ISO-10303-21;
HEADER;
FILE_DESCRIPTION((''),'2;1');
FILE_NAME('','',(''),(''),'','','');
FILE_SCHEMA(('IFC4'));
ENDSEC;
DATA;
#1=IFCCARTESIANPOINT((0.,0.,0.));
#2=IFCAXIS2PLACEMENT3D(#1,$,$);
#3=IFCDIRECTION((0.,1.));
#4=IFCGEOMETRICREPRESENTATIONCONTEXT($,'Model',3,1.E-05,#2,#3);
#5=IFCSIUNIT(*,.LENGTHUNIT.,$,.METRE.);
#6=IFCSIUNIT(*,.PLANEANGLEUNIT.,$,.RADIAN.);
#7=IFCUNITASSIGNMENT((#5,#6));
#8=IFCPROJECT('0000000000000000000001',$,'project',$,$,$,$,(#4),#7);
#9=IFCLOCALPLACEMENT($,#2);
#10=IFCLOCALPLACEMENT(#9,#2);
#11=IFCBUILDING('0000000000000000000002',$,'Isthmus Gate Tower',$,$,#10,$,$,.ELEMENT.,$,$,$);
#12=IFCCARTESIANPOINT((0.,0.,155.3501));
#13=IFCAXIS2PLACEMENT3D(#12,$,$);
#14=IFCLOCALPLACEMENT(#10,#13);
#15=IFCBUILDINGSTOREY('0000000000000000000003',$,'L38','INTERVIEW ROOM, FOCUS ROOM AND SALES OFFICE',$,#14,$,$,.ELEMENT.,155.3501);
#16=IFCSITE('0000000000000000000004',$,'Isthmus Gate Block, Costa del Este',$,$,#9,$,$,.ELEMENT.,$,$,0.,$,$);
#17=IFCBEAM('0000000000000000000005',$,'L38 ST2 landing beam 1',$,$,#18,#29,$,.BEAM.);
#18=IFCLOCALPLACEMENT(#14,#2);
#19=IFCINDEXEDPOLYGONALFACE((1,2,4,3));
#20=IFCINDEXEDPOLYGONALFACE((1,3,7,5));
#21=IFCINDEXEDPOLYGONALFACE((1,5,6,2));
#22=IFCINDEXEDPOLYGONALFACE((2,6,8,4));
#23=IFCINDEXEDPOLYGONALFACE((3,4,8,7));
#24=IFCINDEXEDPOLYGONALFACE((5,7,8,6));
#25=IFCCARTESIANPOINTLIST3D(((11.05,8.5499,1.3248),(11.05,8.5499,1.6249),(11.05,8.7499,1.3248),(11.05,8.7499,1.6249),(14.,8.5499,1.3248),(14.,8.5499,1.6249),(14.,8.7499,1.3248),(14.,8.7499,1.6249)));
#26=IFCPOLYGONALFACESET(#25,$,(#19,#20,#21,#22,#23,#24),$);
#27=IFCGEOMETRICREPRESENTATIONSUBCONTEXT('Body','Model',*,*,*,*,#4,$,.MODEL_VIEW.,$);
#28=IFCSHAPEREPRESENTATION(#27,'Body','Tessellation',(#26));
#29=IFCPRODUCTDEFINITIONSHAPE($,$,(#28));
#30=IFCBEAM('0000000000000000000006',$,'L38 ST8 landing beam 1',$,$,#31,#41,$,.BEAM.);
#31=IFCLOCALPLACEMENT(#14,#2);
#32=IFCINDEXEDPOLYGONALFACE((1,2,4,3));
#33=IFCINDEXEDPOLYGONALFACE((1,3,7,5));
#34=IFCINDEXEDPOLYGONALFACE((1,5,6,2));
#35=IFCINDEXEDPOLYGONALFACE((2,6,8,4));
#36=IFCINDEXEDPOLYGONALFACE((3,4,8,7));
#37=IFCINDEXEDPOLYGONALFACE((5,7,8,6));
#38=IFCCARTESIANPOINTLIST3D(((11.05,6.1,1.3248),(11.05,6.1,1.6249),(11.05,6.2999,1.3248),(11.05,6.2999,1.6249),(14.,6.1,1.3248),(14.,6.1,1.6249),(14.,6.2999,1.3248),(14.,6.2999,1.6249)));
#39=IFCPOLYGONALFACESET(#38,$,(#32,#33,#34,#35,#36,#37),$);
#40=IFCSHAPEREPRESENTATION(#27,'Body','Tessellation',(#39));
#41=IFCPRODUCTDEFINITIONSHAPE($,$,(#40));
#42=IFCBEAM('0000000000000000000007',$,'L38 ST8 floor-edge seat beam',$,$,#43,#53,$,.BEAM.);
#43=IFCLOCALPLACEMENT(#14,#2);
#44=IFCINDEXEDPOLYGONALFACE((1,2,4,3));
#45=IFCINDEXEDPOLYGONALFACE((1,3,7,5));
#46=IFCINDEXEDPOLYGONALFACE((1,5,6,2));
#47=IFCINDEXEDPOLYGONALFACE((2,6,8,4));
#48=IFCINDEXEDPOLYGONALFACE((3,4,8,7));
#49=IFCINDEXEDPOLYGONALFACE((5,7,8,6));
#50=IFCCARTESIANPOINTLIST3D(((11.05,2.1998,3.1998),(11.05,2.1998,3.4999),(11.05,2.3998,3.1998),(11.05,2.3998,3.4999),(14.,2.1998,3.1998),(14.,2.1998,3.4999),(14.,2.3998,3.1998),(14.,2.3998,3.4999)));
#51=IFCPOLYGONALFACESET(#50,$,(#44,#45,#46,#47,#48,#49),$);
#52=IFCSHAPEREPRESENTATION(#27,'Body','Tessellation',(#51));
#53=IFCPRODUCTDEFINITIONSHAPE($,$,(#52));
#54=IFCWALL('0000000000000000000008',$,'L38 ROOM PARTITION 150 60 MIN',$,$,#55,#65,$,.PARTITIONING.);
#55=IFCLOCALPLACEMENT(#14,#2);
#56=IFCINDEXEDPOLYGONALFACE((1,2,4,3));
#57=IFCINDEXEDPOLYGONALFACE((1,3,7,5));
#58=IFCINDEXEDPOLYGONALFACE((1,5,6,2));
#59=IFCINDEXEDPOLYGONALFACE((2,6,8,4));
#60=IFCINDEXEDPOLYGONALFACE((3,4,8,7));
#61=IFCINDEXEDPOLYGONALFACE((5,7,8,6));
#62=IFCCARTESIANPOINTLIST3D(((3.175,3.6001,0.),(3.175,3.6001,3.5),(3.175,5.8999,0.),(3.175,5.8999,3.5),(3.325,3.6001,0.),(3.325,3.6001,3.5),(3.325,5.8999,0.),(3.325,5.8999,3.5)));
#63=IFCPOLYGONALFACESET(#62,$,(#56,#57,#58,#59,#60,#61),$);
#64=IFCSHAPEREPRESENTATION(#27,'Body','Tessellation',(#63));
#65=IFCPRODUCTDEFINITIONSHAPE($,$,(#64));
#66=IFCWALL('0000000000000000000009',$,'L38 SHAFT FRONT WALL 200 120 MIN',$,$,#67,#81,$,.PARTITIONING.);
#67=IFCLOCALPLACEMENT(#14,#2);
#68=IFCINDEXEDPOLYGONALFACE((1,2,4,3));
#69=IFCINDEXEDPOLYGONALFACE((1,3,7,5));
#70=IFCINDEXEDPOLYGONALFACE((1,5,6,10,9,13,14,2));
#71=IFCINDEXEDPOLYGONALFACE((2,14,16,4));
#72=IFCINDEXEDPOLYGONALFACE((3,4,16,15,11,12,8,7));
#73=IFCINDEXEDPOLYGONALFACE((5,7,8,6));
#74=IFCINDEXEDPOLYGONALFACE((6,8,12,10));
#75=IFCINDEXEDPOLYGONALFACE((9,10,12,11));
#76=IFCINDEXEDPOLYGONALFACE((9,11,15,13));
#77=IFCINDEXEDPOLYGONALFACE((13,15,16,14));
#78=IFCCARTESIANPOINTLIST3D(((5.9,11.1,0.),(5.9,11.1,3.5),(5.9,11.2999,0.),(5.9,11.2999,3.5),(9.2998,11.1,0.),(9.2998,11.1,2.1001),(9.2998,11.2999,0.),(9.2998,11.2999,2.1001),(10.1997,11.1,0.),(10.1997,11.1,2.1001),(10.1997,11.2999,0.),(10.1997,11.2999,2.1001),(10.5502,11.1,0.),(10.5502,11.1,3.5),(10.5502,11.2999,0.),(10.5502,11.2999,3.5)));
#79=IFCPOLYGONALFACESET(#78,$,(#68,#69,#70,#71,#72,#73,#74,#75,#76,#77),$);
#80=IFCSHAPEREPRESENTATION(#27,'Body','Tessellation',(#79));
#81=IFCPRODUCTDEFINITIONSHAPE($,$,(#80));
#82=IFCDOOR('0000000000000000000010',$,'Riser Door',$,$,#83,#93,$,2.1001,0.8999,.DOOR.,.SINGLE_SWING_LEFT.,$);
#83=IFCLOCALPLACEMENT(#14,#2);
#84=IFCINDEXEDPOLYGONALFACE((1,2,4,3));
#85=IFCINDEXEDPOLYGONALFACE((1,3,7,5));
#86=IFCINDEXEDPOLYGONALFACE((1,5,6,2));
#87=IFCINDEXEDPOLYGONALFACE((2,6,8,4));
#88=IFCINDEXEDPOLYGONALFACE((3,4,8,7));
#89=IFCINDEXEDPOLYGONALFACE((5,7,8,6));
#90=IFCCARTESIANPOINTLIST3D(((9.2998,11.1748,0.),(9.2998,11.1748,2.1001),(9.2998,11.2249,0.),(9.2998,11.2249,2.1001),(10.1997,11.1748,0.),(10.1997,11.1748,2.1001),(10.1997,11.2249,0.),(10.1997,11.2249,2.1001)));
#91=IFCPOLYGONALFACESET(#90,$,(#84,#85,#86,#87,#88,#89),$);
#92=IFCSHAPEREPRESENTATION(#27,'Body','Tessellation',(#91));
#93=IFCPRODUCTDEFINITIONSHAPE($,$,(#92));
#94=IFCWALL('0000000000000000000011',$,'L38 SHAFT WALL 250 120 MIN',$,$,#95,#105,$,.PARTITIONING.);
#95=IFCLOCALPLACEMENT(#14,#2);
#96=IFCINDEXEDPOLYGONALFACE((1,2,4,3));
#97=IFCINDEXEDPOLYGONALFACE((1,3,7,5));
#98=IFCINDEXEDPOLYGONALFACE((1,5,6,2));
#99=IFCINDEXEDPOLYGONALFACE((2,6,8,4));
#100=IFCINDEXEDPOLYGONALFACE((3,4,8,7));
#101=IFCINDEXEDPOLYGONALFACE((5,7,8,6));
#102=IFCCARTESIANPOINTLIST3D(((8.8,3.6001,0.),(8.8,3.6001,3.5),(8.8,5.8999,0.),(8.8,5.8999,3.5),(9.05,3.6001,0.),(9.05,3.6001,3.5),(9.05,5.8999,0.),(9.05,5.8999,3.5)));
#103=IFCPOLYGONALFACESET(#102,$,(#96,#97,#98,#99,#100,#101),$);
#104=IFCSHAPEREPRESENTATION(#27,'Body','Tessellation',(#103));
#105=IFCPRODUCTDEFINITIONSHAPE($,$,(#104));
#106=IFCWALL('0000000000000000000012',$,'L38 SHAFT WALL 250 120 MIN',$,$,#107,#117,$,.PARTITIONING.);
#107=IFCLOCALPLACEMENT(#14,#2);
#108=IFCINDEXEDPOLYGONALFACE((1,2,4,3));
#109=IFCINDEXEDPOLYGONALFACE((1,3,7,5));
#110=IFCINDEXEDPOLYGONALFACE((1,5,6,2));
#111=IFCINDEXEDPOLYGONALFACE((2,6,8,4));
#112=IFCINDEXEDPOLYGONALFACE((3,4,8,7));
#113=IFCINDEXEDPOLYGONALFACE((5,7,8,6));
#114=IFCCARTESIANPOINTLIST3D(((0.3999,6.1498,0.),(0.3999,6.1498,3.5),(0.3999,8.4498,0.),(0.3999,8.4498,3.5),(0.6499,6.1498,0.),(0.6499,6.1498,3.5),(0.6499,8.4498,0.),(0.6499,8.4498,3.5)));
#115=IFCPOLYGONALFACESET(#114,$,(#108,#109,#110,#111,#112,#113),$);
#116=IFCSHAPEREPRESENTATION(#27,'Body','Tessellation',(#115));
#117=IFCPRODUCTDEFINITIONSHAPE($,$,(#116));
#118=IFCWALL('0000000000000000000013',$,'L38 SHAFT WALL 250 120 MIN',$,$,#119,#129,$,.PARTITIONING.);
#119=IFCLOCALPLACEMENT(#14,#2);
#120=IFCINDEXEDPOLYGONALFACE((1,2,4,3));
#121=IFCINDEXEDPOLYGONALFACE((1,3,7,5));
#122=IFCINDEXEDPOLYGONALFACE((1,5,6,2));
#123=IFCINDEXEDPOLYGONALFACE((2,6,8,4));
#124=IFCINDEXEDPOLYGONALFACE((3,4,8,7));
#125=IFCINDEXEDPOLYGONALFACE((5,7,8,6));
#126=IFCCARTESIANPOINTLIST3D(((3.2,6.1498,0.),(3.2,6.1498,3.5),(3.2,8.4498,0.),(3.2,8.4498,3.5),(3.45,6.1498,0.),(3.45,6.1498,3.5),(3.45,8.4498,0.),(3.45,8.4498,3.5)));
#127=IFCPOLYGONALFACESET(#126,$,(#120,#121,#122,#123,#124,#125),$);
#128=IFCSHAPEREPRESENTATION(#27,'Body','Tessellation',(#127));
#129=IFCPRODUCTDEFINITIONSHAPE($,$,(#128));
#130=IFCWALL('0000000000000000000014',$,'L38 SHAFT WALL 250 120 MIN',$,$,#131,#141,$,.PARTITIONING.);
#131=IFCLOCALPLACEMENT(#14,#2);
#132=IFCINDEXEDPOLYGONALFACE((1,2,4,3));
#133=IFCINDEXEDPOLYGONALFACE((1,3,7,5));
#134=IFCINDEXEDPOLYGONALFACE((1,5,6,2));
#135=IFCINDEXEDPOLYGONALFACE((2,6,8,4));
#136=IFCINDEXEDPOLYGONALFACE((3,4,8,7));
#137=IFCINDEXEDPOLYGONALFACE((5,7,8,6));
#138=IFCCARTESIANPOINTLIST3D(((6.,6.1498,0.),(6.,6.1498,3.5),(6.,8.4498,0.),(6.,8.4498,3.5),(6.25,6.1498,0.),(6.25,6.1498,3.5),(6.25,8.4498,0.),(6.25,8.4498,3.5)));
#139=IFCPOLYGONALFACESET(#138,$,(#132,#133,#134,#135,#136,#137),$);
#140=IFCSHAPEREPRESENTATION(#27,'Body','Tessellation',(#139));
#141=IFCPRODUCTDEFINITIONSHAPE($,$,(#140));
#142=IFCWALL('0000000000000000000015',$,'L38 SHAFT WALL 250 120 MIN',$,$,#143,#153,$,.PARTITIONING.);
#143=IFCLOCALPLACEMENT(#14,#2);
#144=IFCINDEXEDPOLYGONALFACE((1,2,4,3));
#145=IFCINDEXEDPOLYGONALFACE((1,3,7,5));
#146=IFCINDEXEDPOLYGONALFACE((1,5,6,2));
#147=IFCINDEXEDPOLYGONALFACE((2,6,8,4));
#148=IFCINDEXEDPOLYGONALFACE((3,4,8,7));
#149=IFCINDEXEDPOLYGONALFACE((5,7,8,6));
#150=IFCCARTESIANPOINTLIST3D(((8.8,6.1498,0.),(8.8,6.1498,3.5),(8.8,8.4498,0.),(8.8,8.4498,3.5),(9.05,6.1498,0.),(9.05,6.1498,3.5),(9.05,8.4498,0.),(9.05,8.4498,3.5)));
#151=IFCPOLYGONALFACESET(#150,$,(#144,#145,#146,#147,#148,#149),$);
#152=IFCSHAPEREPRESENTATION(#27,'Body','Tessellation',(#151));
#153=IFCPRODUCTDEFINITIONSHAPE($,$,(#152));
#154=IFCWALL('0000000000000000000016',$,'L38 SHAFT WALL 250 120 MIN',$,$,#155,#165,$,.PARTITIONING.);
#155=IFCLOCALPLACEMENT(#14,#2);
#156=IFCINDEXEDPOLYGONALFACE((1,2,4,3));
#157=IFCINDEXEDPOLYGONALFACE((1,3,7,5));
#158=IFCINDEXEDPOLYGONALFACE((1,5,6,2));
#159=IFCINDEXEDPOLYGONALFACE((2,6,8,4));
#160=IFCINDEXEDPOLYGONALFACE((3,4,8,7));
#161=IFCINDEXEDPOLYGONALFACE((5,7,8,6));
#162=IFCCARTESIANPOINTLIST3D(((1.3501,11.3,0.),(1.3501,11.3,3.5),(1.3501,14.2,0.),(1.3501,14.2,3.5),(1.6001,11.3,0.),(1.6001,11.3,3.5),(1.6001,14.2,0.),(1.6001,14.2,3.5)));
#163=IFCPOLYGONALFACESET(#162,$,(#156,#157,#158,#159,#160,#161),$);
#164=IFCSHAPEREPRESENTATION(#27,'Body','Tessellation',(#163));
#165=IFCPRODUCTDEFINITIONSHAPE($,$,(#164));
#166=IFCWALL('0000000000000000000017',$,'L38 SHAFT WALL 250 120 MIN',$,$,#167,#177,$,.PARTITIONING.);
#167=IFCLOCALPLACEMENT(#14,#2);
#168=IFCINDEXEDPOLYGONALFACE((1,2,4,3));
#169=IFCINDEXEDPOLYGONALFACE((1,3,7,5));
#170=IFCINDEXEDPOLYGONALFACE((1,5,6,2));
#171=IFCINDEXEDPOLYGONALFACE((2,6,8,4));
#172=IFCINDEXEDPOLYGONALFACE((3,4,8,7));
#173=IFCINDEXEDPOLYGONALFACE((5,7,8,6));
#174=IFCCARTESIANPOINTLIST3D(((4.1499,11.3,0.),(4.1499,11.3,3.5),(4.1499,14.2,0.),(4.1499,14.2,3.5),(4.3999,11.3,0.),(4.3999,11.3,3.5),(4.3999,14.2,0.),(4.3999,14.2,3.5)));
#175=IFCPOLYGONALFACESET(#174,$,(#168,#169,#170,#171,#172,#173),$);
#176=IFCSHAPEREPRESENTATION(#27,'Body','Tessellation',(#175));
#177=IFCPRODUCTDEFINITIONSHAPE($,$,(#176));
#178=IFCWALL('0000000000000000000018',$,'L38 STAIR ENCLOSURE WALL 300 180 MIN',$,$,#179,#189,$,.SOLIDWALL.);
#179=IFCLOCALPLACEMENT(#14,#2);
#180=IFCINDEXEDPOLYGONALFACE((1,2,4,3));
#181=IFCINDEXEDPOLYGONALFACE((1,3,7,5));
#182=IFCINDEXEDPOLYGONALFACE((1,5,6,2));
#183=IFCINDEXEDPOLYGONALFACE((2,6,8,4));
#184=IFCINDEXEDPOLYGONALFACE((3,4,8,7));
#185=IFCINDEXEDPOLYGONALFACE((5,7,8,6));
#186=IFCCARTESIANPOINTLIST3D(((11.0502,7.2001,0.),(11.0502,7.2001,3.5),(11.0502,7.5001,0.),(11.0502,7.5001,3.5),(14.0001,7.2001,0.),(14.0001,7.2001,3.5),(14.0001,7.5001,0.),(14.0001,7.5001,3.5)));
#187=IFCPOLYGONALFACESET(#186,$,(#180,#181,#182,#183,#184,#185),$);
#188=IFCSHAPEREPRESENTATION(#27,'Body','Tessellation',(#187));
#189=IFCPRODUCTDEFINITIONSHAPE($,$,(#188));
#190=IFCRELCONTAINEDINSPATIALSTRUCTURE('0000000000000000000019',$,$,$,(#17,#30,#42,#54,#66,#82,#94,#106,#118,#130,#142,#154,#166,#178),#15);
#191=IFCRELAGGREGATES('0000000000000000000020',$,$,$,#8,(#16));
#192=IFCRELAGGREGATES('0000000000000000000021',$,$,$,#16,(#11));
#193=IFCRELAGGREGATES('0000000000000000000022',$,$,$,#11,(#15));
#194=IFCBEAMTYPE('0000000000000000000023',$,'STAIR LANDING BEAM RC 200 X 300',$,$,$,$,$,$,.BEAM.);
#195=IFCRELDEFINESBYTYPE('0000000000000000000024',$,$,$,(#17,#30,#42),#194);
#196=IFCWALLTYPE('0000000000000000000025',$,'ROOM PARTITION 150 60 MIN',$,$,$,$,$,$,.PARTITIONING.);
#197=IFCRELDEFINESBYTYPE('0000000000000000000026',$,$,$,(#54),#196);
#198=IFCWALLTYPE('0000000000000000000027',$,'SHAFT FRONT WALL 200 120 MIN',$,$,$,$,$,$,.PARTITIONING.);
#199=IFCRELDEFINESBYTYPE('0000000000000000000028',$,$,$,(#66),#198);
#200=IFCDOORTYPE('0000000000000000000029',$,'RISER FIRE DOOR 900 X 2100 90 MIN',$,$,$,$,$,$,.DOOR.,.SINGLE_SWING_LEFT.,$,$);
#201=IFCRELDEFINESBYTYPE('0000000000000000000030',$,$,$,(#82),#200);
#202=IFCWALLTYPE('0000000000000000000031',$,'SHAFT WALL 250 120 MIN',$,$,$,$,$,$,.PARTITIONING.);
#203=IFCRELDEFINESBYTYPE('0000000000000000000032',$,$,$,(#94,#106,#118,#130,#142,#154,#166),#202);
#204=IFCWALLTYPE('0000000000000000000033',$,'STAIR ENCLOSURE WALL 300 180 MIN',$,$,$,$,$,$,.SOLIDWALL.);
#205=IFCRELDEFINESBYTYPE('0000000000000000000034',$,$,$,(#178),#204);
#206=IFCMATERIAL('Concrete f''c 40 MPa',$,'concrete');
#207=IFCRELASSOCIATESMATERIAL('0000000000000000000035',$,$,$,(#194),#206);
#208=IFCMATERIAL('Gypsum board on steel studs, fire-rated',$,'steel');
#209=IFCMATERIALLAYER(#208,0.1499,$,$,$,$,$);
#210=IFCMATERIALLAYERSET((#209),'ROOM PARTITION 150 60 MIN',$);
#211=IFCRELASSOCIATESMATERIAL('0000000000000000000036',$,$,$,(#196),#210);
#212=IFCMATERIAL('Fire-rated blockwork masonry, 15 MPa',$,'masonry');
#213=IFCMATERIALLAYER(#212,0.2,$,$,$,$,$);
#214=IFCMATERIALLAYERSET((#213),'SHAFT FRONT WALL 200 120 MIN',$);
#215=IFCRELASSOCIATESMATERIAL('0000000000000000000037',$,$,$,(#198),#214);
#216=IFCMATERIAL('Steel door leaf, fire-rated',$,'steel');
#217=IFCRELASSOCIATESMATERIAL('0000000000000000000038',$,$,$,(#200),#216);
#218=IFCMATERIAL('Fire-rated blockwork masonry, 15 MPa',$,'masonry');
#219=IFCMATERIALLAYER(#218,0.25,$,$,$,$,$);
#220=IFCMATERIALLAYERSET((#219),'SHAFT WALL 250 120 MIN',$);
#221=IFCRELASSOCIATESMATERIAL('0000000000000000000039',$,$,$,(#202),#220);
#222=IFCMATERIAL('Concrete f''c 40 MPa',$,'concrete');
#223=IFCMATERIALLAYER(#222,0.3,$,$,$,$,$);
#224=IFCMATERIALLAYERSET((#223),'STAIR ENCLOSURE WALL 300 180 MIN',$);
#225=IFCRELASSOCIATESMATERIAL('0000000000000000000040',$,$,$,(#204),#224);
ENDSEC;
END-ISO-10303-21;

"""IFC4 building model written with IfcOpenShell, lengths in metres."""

from ifc_helpers import new_model, si_unit, direction, frame, frame_2d, origin, origin_2d, place, context, subcontext, project, spatial, rectangle, extrude, material, layer, layer_set, material_profile, profile_set, type_object, element, fill, save


model = new_model("IFC4")

# Units and contexts
model_context = context("Model", 3, precision=1e-05, world=origin(), true_north=direction((0.0, 1.0)))
body_context = subcontext(model_context, "Body", "Model", "MODEL_VIEW")
ifc_project = project(units=[si_unit("LENGTHUNIT", "METRE"), si_unit("PLANEANGLEUNIT", "RADIAN")], contexts=[model_context])

# Site, building, storey
site_placement = place(None, origin())
site = spatial("IfcSite", under=ifc_project, at=site_placement, Name="Isthmus Gate Block, Costa del Este", CompositionType="ELEMENT", RefElevation=0.0)
building_placement = place(site_placement, origin())
building = spatial("IfcBuilding", under=site, at=building_placement, Name="Isthmus Gate Tower", CompositionType="ELEMENT")
storey_placement = place(building_placement, frame((0.0, 0.0, 155.3501)))
storey = spatial("IfcBuildingStorey", under=building, at=storey_placement, Name="L38", Description="INTERVIEW ROOM, FOCUS ROOM AND SALES OFFICE", CompositionType="ELEMENT", Elevation=155.3501)

# Beams
ifc_material_1 = material(Name="Concrete f'c 40 MPa", Category="concrete")
ifc_material_profile = material_profile(ifc_material_1, rectangle(XDim=0.2, YDim=0.3, at=origin_2d()), Name="STAIR LANDING BEAM RC 200 X 300")
ifc_profile_set = profile_set([ifc_material_profile], Name="Concrete f'c 40 MPa")
beam_type = type_object("IfcBeamType", Name="STAIR LANDING BEAM RC 200 X 300", PredefinedType="BEAM", material=ifc_profile_set)
for number, where, z_axis, x_axis, name in (
    (1, (11.05, 8.6499, 1.4749), (1.0, 0.0, 0.0), (0.0, 1.0, 0.0), "L38 ST2 landing beam 1"),
    (2, (11.05, 6.2, 1.4749), (1.0, 0.0, 0.0), (0.0, 1.0, 0.0), "L38 ST8 landing beam 1"),
    (3, (11.05, 2.2998, 3.3499), (1.0, 0.0, 0.0), (0.0, 1.0, 0.0), "L38 ST8 floor-edge seat beam"),
):
    element("IfcBeam", number, at=place(storey_placement, frame(where, z_axis=z_axis, x_axis=x_axis)), inside=storey, type_object=beam_type, Name=name, PredefinedType="BEAM", context=body_context, shape_type="SweptSolid", body=[
        extrude(rectangle(XDim=0.2, YDim=0.3, at=origin_2d()), origin(), (0.0, 0.0, 1.0), 2.95),
    ])

# Wall
ifc_material_2 = material(Name="Gypsum board on steel studs, fire-rated", Category="steel")
ifc_layer_1 = layer(ifc_material_2, 0.1499)
ifc_layer_set_1 = layer_set([ifc_layer_1], Name="ROOM PARTITION 150 60 MIN")
wall_type_1 = type_object("IfcWallType", Name="ROOM PARTITION 150 60 MIN", PredefinedType="PARTITIONING", material=ifc_layer_set_1)
wall_1_placement = place(storey_placement, frame((3.25, 3.6001, 0.0), z_axis=(0.0, 0.0, 1.0), x_axis=(0.0, 1.0, 0.0)))
element("IfcWall", 4, at=wall_1_placement, inside=storey, type_object=wall_type_1, Name="L38 ROOM PARTITION 150 60 MIN", PredefinedType="PARTITIONING", context=body_context, shape_type="SweptSolid", body=[
    extrude(rectangle(XDim=2.2998, YDim=0.1499, at=frame_2d((1.1499, 0.0))), origin(), (0.0, 0.0, 1.0), 3.5),
])

# Wall, opening, door
ifc_material_3 = material(Name="Fire-rated blockwork masonry, 15 MPa", Category="masonry")
ifc_layer_2 = layer(ifc_material_3, 0.2)
ifc_layer_set_2 = layer_set([ifc_layer_2], Name="SHAFT FRONT WALL 200 120 MIN")
wall_type_2 = type_object("IfcWallType", Name="SHAFT FRONT WALL 200 120 MIN", PredefinedType="PARTITIONING", material=ifc_layer_set_2)
wall_2_placement = place(storey_placement, frame((5.8999, 11.2, 0.0), z_axis=(0.0, 0.0, 1.0), x_axis=(1.0, 0.0, 0.0)))
wall_2 = element("IfcWall", 5, at=wall_2_placement, inside=storey, type_object=wall_type_2, Name="L38 SHAFT FRONT WALL 200 120 MIN", PredefinedType="PARTITIONING", context=body_context, shape_type="SweptSolid", body=[
    extrude(rectangle(XDim=4.6501, YDim=0.2, at=frame_2d((2.3252, 0.0))), origin(), (0.0, 0.0, 1.0), 3.5),
])
opening_placement = place(wall_2_placement, frame((3.3999, 0.0, 0.0)))
opening = element("IfcOpeningElement", 6, at=opening_placement, cuts=wall_2, PredefinedType="OPENING", context=body_context, shape_type="SweptSolid", body=[
    extrude(rectangle(XDim=0.8999, YDim=2.1001, at=frame_2d((0.45, 1.05))), frame((0.0, 0.1099, 0.0), z_axis=(0.0, -1.0, 0.0), x_axis=(1.0, 0.0, 0.0)), (0.0, 0.0, 1.0), 0.22),
])
ifc_material_4 = material(Name="Steel door leaf, fire-rated", Category="steel")
door_type = type_object("IfcDoorType", Name="RISER FIRE DOOR 900 X 2100 90 MIN", OperationType="SINGLE_SWING_LEFT", PredefinedType="DOOR", material=ifc_material_4)
door_placement = place(opening_placement, origin())
door = element("IfcDoor", 7, at=door_placement, inside=storey, type_object=door_type, Name="Riser Door", OperationType="SINGLE_SWING_LEFT", OverallHeight=2.1001, OverallWidth=0.8999, PredefinedType="DOOR", context=body_context, shape_type="SweptSolid", body=[
    extrude(rectangle(XDim=0.8999, YDim=2.1001, at=frame_2d((0.45, 1.05))), frame((0.0, 0.0249, 0.0), z_axis=(0.0, -1.0, 0.0), x_axis=(1.0, 0.0, 0.0)), (0.0, 0.0, 1.0), 0.05),
])
fill(opening, door)

# Walls
ifc_material_5 = material(Name="Fire-rated blockwork masonry, 15 MPa", Category="masonry")
ifc_layer_3 = layer(ifc_material_5, 0.25)
ifc_layer_set_3 = layer_set([ifc_layer_3], Name="SHAFT WALL 250 120 MIN")
wall_type_3 = type_object("IfcWallType", Name="SHAFT WALL 250 120 MIN", PredefinedType="PARTITIONING", material=ifc_layer_set_3)
wall_3_placement = place(storey_placement, frame((8.925, 3.6001, 0.0), z_axis=(0.0, 0.0, 1.0), x_axis=(0.0, 1.0, 0.0)))
element("IfcWall", 8, at=wall_3_placement, inside=storey, type_object=wall_type_3, Name="L38 SHAFT WALL 250 120 MIN", PredefinedType="PARTITIONING", context=body_context, shape_type="SweptSolid", body=[
    extrude(rectangle(XDim=2.2998, YDim=0.25, at=frame_2d((1.1499, 0.0))), origin(), (0.0, 0.0, 1.0), 3.5),
])
for number, where, z_axis, x_axis, name in (
    (9, (0.5249, 6.1499, 0.0), (0.0, 0.0, 1.0), (0.0, 1.0, 0.0), "L38 SHAFT WALL 250 120 MIN"),
    (10, (3.325, 6.1499, 0.0), (0.0, 0.0, 1.0), (0.0, 1.0, 0.0), "L38 SHAFT WALL 250 120 MIN"),
    (11, (6.125, 6.1499, 0.0), (0.0, 0.0, 1.0), (0.0, 1.0, 0.0), "L38 SHAFT WALL 250 120 MIN"),
    (12, (8.925, 6.1499, 0.0), (0.0, 0.0, 1.0), (0.0, 1.0, 0.0), "L38 SHAFT WALL 250 120 MIN"),
):
    element("IfcWall", number, at=place(storey_placement, frame(where, z_axis=z_axis, x_axis=x_axis)), inside=storey, type_object=wall_type_3, Name=name, PredefinedType="PARTITIONING", context=body_context, shape_type="SweptSolid", body=[
        extrude(rectangle(XDim=2.3, YDim=0.25, at=frame_2d((1.1499, 0.0))), origin(), (0.0, 0.0, 1.0), 3.5),
    ])
for number, where, z_axis, x_axis, name in (
    (13, (1.4751, 11.3, 0.0), (0.0, 0.0, 1.0), (0.0, 1.0, 0.0), "L38 SHAFT WALL 250 120 MIN"),
    (14, (4.2749, 11.3, 0.0), (0.0, 0.0, 1.0), (0.0, 1.0, 0.0), "L38 SHAFT WALL 250 120 MIN"),
):
    element("IfcWall", number, at=place(storey_placement, frame(where, z_axis=z_axis, x_axis=x_axis)), inside=storey, type_object=wall_type_3, Name=name, PredefinedType="PARTITIONING", context=body_context, shape_type="SweptSolid", body=[
        extrude(rectangle(XDim=2.8999, YDim=0.25, at=frame_2d((1.45, 0.0))), origin(), (0.0, 0.0, 1.0), 3.5),
    ])
ifc_material_6 = material(Name="Concrete f'c 40 MPa", Category="concrete")
ifc_layer_4 = layer(ifc_material_6, 0.3)
ifc_layer_set_4 = layer_set([ifc_layer_4], Name="STAIR ENCLOSURE WALL 300 180 MIN")
wall_type_4 = type_object("IfcWallType", Name="STAIR ENCLOSURE WALL 300 180 MIN", PredefinedType="SOLIDWALL", material=ifc_layer_set_4)
wall_4_placement = place(storey_placement, frame((11.05, 7.3501, 0.0), z_axis=(0.0, 0.0, 1.0), x_axis=(1.0, 0.0, 0.0)))
element("IfcWall", 15, at=wall_4_placement, inside=storey, type_object=wall_type_4, Name="L38 STAIR ENCLOSURE WALL 300 180 MIN", PredefinedType="SOLIDWALL", context=body_context, shape_type="SweptSolid", body=[
    extrude(rectangle(XDim=2.95, YDim=0.3, at=frame_2d((1.4751, 0.0))), origin(), (0.0, 0.0, 1.0), 3.5),
])

save(model, "model.ifc")
